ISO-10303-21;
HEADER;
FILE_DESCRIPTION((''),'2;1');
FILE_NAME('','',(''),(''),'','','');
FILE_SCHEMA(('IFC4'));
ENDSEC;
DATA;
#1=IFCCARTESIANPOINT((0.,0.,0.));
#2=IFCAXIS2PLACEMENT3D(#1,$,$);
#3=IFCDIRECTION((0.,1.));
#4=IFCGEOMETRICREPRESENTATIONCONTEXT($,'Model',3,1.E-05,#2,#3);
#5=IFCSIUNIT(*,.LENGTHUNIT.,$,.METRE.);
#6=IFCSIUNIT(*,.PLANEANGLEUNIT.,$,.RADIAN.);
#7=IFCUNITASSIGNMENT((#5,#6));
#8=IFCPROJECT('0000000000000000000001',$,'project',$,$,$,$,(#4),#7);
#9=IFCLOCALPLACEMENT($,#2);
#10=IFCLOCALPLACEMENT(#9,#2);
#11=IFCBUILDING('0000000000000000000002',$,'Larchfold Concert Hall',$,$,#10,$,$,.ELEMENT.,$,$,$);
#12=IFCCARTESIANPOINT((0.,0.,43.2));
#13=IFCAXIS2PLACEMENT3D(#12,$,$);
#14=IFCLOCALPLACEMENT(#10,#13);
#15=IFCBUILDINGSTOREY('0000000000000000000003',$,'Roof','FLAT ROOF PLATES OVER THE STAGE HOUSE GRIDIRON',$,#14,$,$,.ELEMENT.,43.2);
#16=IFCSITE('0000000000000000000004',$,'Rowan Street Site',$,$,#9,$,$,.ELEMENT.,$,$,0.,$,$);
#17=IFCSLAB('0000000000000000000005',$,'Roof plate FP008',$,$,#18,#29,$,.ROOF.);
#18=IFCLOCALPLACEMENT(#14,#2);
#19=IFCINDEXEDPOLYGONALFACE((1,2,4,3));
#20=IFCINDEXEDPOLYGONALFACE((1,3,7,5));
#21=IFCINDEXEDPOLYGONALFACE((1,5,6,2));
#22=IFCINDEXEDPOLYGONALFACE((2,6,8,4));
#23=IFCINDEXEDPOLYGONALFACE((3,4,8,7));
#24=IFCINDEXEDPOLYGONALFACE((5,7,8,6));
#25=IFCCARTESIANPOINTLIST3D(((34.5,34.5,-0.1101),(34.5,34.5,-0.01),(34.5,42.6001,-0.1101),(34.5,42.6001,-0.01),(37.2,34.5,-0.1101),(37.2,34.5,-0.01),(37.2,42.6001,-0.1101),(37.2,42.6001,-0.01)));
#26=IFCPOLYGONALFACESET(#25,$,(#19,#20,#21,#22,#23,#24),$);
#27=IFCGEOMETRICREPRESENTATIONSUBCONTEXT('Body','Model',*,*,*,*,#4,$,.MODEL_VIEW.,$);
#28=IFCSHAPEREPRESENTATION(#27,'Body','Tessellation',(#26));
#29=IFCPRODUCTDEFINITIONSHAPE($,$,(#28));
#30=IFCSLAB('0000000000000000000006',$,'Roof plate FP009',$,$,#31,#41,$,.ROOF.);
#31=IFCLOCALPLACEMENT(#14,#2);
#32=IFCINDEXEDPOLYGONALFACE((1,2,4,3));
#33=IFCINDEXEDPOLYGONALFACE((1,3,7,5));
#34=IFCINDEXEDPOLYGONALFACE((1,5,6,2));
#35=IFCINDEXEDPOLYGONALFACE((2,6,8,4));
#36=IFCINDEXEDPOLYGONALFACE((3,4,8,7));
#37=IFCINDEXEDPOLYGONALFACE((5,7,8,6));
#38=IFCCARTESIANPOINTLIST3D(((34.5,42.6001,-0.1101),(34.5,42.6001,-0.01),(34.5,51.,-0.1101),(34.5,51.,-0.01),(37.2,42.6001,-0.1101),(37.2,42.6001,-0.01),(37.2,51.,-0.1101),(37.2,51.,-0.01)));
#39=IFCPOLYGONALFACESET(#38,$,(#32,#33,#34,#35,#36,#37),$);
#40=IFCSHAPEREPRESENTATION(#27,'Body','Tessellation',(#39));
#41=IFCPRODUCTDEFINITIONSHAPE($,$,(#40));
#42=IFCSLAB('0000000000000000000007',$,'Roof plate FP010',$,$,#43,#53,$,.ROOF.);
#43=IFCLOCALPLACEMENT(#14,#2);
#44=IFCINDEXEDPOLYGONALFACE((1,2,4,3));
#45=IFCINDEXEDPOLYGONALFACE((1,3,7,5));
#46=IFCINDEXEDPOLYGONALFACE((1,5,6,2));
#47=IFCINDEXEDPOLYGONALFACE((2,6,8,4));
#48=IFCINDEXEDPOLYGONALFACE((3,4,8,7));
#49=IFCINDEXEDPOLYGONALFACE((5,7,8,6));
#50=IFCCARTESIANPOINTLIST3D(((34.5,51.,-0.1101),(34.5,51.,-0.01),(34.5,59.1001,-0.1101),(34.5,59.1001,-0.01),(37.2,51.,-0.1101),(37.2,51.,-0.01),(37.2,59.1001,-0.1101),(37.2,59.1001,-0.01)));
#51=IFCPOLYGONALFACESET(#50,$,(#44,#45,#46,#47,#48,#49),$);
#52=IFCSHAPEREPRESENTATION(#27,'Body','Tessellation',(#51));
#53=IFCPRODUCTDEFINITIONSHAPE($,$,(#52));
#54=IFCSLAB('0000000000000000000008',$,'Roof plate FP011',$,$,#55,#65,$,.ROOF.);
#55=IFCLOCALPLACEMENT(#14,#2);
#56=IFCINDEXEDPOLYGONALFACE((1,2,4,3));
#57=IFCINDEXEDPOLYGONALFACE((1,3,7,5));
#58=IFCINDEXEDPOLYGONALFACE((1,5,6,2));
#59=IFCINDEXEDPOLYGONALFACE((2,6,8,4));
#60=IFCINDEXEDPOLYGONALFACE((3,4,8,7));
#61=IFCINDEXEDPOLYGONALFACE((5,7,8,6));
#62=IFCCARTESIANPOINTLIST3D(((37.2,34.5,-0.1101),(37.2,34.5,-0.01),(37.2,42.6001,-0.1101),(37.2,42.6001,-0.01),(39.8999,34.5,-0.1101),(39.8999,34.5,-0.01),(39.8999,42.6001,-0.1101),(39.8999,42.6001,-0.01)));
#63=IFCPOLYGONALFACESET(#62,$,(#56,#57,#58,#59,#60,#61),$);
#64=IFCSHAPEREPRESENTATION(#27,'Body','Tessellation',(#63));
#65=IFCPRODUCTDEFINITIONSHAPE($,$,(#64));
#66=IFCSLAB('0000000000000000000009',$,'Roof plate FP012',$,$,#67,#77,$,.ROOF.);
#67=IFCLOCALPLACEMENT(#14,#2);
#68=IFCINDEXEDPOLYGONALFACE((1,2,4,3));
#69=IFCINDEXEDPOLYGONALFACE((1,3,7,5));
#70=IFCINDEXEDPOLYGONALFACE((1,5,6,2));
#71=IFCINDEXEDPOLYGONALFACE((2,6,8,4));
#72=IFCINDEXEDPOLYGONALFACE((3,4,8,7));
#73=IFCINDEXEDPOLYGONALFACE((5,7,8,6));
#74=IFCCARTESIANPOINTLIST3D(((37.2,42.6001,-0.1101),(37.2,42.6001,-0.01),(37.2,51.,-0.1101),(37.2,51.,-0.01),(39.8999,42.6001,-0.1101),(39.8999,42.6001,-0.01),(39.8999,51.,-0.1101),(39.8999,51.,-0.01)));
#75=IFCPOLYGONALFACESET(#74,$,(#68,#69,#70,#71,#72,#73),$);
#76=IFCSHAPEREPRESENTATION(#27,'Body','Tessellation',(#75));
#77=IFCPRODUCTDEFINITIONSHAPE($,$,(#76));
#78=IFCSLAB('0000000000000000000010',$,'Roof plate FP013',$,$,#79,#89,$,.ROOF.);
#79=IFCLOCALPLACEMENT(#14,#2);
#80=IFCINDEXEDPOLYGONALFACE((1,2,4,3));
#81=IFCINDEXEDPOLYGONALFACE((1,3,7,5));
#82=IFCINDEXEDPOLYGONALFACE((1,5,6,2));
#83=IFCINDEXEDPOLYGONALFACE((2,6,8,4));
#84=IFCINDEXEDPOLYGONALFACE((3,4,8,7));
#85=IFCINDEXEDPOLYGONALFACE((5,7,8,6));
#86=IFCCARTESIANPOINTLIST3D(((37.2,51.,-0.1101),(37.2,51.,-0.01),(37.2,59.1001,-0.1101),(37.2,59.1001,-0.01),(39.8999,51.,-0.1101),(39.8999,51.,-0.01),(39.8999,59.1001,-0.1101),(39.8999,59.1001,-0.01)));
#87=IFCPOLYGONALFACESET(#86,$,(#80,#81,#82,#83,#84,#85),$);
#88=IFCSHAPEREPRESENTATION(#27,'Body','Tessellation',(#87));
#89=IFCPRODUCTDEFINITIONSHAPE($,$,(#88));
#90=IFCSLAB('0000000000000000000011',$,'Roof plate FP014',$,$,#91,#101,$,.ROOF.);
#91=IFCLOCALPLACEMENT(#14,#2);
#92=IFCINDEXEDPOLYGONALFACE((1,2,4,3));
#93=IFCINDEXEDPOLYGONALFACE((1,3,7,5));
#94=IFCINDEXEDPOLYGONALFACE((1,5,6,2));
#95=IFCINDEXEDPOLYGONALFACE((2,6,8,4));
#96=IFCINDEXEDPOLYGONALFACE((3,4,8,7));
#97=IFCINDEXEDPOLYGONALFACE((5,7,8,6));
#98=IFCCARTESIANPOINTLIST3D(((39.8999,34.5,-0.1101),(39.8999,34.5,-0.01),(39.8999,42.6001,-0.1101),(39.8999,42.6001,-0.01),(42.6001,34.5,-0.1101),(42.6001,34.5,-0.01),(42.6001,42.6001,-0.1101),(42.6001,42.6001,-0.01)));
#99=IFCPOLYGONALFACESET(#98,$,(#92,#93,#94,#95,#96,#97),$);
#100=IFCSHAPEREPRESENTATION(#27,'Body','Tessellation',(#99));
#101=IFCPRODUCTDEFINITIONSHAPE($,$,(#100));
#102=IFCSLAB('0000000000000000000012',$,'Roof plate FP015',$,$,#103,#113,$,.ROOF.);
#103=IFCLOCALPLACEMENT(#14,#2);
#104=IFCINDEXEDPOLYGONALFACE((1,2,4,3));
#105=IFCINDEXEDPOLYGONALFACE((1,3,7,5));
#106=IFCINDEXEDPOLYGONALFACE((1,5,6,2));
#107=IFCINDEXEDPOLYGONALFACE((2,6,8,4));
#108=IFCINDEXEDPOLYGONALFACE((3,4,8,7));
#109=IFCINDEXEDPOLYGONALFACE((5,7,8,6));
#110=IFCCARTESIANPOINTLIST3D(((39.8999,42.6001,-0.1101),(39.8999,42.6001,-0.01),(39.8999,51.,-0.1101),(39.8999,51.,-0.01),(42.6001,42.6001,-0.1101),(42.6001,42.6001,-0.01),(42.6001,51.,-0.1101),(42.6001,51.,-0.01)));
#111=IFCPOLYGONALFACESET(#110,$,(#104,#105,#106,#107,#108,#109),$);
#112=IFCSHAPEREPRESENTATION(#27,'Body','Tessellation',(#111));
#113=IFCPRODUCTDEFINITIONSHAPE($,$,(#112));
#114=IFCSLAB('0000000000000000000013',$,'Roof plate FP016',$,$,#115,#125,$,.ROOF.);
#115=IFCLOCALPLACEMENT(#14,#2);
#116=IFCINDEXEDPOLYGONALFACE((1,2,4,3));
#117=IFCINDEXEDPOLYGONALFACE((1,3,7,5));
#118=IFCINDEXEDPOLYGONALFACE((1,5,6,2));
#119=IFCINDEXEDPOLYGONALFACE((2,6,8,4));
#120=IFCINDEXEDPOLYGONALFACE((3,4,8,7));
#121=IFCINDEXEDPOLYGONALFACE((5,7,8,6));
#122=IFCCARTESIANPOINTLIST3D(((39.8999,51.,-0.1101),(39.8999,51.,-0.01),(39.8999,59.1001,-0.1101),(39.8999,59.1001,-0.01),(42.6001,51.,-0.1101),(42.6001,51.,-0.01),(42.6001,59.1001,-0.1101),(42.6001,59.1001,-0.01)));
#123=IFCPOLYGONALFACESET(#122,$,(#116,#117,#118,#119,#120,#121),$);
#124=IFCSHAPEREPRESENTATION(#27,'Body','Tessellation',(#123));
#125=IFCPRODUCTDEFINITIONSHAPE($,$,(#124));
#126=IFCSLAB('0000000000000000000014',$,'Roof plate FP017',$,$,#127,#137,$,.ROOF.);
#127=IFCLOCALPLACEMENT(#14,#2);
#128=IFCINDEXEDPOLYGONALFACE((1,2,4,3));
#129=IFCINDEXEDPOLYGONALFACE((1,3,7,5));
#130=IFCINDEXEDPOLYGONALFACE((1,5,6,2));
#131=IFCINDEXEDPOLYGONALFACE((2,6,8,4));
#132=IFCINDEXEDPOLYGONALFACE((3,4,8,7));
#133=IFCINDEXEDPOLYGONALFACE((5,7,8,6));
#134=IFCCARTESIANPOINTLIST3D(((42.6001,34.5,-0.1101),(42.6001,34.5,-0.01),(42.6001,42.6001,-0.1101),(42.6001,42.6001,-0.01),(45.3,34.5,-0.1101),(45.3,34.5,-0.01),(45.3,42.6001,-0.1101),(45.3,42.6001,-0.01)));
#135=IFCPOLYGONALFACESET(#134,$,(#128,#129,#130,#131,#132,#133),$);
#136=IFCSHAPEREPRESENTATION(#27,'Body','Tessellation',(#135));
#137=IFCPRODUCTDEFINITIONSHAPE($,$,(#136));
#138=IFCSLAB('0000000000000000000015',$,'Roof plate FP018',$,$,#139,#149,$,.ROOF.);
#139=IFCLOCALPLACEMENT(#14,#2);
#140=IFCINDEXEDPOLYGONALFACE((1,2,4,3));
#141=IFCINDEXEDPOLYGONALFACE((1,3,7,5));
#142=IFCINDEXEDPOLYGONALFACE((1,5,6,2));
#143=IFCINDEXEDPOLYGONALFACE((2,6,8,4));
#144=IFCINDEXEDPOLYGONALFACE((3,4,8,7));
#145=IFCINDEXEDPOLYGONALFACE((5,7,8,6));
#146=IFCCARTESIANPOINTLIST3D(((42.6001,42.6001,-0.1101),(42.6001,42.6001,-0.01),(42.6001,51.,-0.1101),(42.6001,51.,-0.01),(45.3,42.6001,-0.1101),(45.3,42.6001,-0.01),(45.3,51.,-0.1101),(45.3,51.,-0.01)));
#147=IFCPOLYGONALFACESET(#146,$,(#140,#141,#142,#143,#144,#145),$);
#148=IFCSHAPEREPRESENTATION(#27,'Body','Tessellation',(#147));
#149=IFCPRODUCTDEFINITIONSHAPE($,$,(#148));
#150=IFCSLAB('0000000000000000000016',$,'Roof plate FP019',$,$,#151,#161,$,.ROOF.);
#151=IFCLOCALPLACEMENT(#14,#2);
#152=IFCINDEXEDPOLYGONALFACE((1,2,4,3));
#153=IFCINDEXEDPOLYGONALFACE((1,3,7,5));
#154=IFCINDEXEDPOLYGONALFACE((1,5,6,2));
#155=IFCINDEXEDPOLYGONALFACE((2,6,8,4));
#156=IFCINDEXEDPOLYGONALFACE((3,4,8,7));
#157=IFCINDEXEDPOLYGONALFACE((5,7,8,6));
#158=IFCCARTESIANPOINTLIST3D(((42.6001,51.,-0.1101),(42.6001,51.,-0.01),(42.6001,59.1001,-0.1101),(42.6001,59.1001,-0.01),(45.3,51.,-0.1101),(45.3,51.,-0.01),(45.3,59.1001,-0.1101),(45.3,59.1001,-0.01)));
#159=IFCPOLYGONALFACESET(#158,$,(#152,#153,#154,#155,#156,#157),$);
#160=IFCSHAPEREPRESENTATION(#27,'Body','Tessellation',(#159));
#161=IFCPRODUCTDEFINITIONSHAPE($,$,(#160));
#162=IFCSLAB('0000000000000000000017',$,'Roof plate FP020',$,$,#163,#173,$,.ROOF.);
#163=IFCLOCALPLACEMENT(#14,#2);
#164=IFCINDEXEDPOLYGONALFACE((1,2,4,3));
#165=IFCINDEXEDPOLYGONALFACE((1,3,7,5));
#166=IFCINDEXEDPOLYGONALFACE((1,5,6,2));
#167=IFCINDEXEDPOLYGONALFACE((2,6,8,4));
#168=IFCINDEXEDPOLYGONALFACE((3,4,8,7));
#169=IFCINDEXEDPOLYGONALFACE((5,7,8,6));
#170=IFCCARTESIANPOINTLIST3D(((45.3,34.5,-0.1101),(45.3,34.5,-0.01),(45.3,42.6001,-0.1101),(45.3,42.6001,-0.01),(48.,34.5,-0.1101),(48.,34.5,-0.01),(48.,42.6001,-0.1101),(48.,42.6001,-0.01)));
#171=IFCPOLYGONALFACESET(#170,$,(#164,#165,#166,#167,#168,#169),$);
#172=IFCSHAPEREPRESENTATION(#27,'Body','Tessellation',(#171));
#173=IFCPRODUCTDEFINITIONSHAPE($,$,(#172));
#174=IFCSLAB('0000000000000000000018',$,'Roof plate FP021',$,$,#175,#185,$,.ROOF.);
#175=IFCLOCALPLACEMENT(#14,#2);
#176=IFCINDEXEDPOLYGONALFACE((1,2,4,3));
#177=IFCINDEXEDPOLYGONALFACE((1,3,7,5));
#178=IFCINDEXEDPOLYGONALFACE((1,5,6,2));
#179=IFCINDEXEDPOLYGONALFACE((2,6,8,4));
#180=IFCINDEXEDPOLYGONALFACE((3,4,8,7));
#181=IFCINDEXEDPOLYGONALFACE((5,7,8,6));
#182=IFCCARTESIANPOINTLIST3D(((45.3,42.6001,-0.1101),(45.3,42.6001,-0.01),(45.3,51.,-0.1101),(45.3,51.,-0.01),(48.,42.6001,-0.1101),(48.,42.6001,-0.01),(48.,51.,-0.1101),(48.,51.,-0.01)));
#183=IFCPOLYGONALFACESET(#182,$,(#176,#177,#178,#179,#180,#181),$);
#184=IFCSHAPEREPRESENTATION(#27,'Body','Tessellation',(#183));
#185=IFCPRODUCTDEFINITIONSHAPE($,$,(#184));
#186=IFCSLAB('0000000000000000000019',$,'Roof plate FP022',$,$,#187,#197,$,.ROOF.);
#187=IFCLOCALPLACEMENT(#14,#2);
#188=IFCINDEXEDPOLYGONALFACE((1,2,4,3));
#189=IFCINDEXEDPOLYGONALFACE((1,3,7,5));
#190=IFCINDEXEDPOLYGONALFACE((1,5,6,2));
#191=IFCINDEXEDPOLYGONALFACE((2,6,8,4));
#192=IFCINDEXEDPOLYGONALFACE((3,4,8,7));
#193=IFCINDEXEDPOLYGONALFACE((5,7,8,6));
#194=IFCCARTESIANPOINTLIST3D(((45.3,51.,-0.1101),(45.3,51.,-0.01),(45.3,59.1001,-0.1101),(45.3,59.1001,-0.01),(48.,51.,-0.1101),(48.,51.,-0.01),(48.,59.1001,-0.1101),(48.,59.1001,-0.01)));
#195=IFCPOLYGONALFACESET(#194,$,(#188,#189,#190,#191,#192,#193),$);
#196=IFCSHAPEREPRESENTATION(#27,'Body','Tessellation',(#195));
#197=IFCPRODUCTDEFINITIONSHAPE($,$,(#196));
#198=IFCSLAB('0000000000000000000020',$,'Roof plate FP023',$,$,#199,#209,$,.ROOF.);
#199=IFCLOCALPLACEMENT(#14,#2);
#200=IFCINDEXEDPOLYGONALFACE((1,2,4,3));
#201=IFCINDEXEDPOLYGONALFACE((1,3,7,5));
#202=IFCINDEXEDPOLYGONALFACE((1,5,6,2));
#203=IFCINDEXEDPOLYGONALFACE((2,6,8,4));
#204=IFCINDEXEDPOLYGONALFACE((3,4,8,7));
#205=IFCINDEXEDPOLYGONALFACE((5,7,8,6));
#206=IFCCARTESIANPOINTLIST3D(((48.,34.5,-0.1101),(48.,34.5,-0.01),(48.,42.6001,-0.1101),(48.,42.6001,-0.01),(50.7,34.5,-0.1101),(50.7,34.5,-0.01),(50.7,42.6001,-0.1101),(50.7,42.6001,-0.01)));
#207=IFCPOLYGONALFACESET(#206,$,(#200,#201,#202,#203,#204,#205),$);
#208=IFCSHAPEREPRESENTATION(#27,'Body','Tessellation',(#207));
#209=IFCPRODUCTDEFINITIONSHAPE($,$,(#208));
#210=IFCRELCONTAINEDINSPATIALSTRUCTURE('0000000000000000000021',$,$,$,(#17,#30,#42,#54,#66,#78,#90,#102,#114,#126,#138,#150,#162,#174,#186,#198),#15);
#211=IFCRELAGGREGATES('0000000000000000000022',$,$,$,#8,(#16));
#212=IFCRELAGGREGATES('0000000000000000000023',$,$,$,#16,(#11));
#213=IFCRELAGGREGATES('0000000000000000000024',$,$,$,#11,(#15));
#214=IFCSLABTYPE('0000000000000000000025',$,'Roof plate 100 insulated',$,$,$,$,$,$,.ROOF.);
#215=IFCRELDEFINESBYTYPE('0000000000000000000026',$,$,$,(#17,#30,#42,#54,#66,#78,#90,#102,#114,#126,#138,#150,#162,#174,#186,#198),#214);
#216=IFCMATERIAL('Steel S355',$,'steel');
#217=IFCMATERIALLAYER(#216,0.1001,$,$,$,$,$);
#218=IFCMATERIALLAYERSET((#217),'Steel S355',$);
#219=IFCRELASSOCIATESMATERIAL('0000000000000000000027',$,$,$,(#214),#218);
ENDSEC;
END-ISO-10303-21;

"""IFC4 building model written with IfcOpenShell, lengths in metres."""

from ifc_helpers import new_model, si_unit, direction, frame, origin, place, context, subcontext, project, spatial, polyline, outline, extrude, material, layer, layer_set, type_object, element, save


model = new_model("IFC4")

# Units and contexts
model_context = context("Model", 3, precision=1e-05, world=origin(), true_north=direction((0.0, 1.0)))
body_context = subcontext(model_context, "Body", "Model", "MODEL_VIEW")
ifc_project = project(units=[si_unit("LENGTHUNIT", "METRE"), si_unit("PLANEANGLEUNIT", "RADIAN")], contexts=[model_context])

# Site, building, storey
site_placement = place(None, origin())
site = spatial("IfcSite", under=ifc_project, at=site_placement, Name="Rowan Street Site", CompositionType="ELEMENT", RefElevation=0.0)
building_placement = place(site_placement, origin())
building = spatial("IfcBuilding", under=site, at=building_placement, Name="Larchfold Concert Hall", CompositionType="ELEMENT")
storey_placement = place(building_placement, frame((0.0, 0.0, 43.2)))
storey = spatial("IfcBuildingStorey", under=building, at=storey_placement, Name="Roof", Description="FLAT ROOF PLATES OVER THE STAGE HOUSE GRIDIRON", CompositionType="ELEMENT", Elevation=43.2)

# Slabs
ifc_material = material(Name="Steel S355", Category="steel")
ifc_layer = layer(ifc_material, 0.1001)
ifc_layer_set = layer_set([ifc_layer], Name="Steel S355")
slab_type = type_object("IfcSlabType", Name="Roof plate 100 insulated", PredefinedType="ROOF", material=ifc_layer_set)
slab_1_placement = place(storey_placement, frame((37.2, 34.5, -0.01), z_axis=(0.0, 0.0, 1.0), x_axis=(0.0, 1.0, 0.0)))
element("IfcSlab", 1, at=slab_1_placement, inside=storey, type_object=slab_type, Name="Roof plate FP008", PredefinedType="ROOF", context=body_context, shape_type="SweptSolid", body=[
    extrude(outline(polyline([(0.0, 0.0), (8.1001, 0.0), (8.1001, 2.7), (0.0, 2.7), (0.0, 0.0)])), origin(), (0.0, 0.0, -1.0), 0.1001),
])
slab_2_placement = place(storey_placement, frame((37.2, 42.6001, -0.01), z_axis=(0.0, 0.0, 1.0), x_axis=(0.0, 1.0, 0.0)))
element("IfcSlab", 2, at=slab_2_placement, inside=storey, type_object=slab_type, Name="Roof plate FP009", PredefinedType="ROOF", context=body_context, shape_type="SweptSolid", body=[
    extrude(outline(polyline([(0.0, 0.0), (8.3999, 0.0), (8.3999, 2.7), (0.0, 2.7), (0.0, 0.0)])), origin(), (0.0, 0.0, -1.0), 0.1001),
])
for number, where, z_axis, x_axis, name in (
    (3, (37.2, 51.0, -0.01), (0.0, 0.0, 1.0), (0.0, 1.0, 0.0), "Roof plate FP010"),
    (4, (39.8999, 34.5, -0.01), (0.0, 0.0, 1.0), (0.0, 1.0, 0.0), "Roof plate FP011"),
):
    element("IfcSlab", number, at=place(storey_placement, frame(where, z_axis=z_axis, x_axis=x_axis)), inside=storey, type_object=slab_type, Name=name, PredefinedType="ROOF", context=body_context, shape_type="SweptSolid", body=[
        extrude(outline(polyline([(0.0, 0.0), (8.1001, 0.0), (8.1001, 2.7), (0.0, 2.7), (0.0, 0.0)])), origin(), (0.0, 0.0, -1.0), 0.1001),
    ])
slab_3_placement = place(storey_placement, frame((39.8999, 42.6001, -0.01), z_axis=(0.0, 0.0, 1.0), x_axis=(0.0, 1.0, 0.0)))
element("IfcSlab", 5, at=slab_3_placement, inside=storey, type_object=slab_type, Name="Roof plate FP012", PredefinedType="ROOF", context=body_context, shape_type="SweptSolid", body=[
    extrude(outline(polyline([(0.0, 0.0), (8.3999, 0.0), (8.3999, 2.7), (0.0, 2.7), (0.0, 0.0)])), origin(), (0.0, 0.0, -1.0), 0.1001),
])
slab_4_placement = place(storey_placement, frame((39.8999, 51.0, -0.01), z_axis=(0.0, 0.0, 1.0), x_axis=(0.0, 1.0, 0.0)))
element("IfcSlab", 6, at=slab_4_placement, inside=storey, type_object=slab_type, Name="Roof plate FP013", PredefinedType="ROOF", context=body_context, shape_type="SweptSolid", body=[
    extrude(outline(polyline([(0.0, 0.0), (8.1001, 0.0), (8.1001, 2.7), (0.0, 2.7), (0.0, 0.0)])), origin(), (0.0, 0.0, -1.0), 0.1001),
])
slab_5_placement = place(storey_placement, frame((42.6001, 34.5, -0.01), z_axis=(0.0, 0.0, 1.0), x_axis=(0.0, 1.0, 0.0)))
element("IfcSlab", 7, at=slab_5_placement, inside=storey, type_object=slab_type, Name="Roof plate FP014", PredefinedType="ROOF", context=body_context, shape_type="SweptSolid", body=[
    extrude(outline(polyline([(0.0, 0.0), (8.1001, 0.0), (8.1001, 2.7002), (0.0, 2.7002), (0.0, 0.0)])), origin(), (0.0, 0.0, -1.0), 0.1001),
])
slab_6_placement = place(storey_placement, frame((42.6001, 42.6001, -0.01), z_axis=(0.0, 0.0, 1.0), x_axis=(0.0, 1.0, 0.0)))
element("IfcSlab", 8, at=slab_6_placement, inside=storey, type_object=slab_type, Name="Roof plate FP015", PredefinedType="ROOF", context=body_context, shape_type="SweptSolid", body=[
    extrude(outline(polyline([(0.0, 0.0), (8.3999, 0.0), (8.3999, 2.7002), (0.0, 2.7002), (0.0, 0.0)])), origin(), (0.0, 0.0, -1.0), 0.1001),
])
slab_7_placement = place(storey_placement, frame((42.6001, 51.0, -0.01), z_axis=(0.0, 0.0, 1.0), x_axis=(0.0, 1.0, 0.0)))
element("IfcSlab", 9, at=slab_7_placement, inside=storey, type_object=slab_type, Name="Roof plate FP016", PredefinedType="ROOF", context=body_context, shape_type="SweptSolid", body=[
    extrude(outline(polyline([(0.0, 0.0), (8.1001, 0.0), (8.1001, 2.7002), (0.0, 2.7002), (0.0, 0.0)])), origin(), (0.0, 0.0, -1.0), 0.1001),
])
slab_8_placement = place(storey_placement, frame((45.3, 34.5, -0.01), z_axis=(0.0, 0.0, 1.0), x_axis=(0.0, 1.0, 0.0)))
element("IfcSlab", 10, at=slab_8_placement, inside=storey, type_object=slab_type, Name="Roof plate FP017", PredefinedType="ROOF", context=body_context, shape_type="SweptSolid", body=[
    extrude(outline(polyline([(0.0, 0.0), (8.1001, 0.0), (8.1001, 2.7), (0.0, 2.7), (0.0, 0.0)])), origin(), (0.0, 0.0, -1.0), 0.1001),
])
slab_9_placement = place(storey_placement, frame((45.3, 42.6001, -0.01), z_axis=(0.0, 0.0, 1.0), x_axis=(0.0, 1.0, 0.0)))
element("IfcSlab", 11, at=slab_9_placement, inside=storey, type_object=slab_type, Name="Roof plate FP018", PredefinedType="ROOF", context=body_context, shape_type="SweptSolid", body=[
    extrude(outline(polyline([(0.0, 0.0), (8.3999, 0.0), (8.3999, 2.7), (0.0, 2.7), (0.0, 0.0)])), origin(), (0.0, 0.0, -1.0), 0.1001),
])
for number, where, z_axis, x_axis, name in (
    (12, (45.3, 51.0, -0.01), (0.0, 0.0, 1.0), (0.0, 1.0, 0.0), "Roof plate FP019"),
    (13, (48.0, 34.5, -0.01), (0.0, 0.0, 1.0), (0.0, 1.0, 0.0), "Roof plate FP020"),
):
    element("IfcSlab", number, at=place(storey_placement, frame(where, z_axis=z_axis, x_axis=x_axis)), inside=storey, type_object=slab_type, Name=name, PredefinedType="ROOF", context=body_context, shape_type="SweptSolid", body=[
        extrude(outline(polyline([(0.0, 0.0), (8.1001, 0.0), (8.1001, 2.7), (0.0, 2.7), (0.0, 0.0)])), origin(), (0.0, 0.0, -1.0), 0.1001),
    ])
slab_10_placement = place(storey_placement, frame((48.0, 42.6001, -0.01), z_axis=(0.0, 0.0, 1.0), x_axis=(0.0, 1.0, 0.0)))
element("IfcSlab", 14, at=slab_10_placement, inside=storey, type_object=slab_type, Name="Roof plate FP021", PredefinedType="ROOF", context=body_context, shape_type="SweptSolid", body=[
    extrude(outline(polyline([(0.0, 0.0), (8.3999, 0.0), (8.3999, 2.7), (0.0, 2.7), (0.0, 0.0)])), origin(), (0.0, 0.0, -1.0), 0.1001),
])
for number, where, z_axis, x_axis, name in (
    (15, (48.0, 51.0, -0.01), (0.0, 0.0, 1.0), (0.0, 1.0, 0.0), "Roof plate FP022"),
    (16, (50.7, 34.5, -0.01), (0.0, 0.0, 1.0), (0.0, 1.0, 0.0), "Roof plate FP023"),
):
    element("IfcSlab", number, at=place(storey_placement, frame(where, z_axis=z_axis, x_axis=x_axis)), inside=storey, type_object=slab_type, Name=name, PredefinedType="ROOF", context=body_context, shape_type="SweptSolid", body=[
        extrude(outline(polyline([(0.0, 0.0), (8.1001, 0.0), (8.1001, 2.7), (0.0, 2.7), (0.0, 0.0)])), origin(), (0.0, 0.0, -1.0), 0.1001),
    ])

save(model, "model.ifc")
